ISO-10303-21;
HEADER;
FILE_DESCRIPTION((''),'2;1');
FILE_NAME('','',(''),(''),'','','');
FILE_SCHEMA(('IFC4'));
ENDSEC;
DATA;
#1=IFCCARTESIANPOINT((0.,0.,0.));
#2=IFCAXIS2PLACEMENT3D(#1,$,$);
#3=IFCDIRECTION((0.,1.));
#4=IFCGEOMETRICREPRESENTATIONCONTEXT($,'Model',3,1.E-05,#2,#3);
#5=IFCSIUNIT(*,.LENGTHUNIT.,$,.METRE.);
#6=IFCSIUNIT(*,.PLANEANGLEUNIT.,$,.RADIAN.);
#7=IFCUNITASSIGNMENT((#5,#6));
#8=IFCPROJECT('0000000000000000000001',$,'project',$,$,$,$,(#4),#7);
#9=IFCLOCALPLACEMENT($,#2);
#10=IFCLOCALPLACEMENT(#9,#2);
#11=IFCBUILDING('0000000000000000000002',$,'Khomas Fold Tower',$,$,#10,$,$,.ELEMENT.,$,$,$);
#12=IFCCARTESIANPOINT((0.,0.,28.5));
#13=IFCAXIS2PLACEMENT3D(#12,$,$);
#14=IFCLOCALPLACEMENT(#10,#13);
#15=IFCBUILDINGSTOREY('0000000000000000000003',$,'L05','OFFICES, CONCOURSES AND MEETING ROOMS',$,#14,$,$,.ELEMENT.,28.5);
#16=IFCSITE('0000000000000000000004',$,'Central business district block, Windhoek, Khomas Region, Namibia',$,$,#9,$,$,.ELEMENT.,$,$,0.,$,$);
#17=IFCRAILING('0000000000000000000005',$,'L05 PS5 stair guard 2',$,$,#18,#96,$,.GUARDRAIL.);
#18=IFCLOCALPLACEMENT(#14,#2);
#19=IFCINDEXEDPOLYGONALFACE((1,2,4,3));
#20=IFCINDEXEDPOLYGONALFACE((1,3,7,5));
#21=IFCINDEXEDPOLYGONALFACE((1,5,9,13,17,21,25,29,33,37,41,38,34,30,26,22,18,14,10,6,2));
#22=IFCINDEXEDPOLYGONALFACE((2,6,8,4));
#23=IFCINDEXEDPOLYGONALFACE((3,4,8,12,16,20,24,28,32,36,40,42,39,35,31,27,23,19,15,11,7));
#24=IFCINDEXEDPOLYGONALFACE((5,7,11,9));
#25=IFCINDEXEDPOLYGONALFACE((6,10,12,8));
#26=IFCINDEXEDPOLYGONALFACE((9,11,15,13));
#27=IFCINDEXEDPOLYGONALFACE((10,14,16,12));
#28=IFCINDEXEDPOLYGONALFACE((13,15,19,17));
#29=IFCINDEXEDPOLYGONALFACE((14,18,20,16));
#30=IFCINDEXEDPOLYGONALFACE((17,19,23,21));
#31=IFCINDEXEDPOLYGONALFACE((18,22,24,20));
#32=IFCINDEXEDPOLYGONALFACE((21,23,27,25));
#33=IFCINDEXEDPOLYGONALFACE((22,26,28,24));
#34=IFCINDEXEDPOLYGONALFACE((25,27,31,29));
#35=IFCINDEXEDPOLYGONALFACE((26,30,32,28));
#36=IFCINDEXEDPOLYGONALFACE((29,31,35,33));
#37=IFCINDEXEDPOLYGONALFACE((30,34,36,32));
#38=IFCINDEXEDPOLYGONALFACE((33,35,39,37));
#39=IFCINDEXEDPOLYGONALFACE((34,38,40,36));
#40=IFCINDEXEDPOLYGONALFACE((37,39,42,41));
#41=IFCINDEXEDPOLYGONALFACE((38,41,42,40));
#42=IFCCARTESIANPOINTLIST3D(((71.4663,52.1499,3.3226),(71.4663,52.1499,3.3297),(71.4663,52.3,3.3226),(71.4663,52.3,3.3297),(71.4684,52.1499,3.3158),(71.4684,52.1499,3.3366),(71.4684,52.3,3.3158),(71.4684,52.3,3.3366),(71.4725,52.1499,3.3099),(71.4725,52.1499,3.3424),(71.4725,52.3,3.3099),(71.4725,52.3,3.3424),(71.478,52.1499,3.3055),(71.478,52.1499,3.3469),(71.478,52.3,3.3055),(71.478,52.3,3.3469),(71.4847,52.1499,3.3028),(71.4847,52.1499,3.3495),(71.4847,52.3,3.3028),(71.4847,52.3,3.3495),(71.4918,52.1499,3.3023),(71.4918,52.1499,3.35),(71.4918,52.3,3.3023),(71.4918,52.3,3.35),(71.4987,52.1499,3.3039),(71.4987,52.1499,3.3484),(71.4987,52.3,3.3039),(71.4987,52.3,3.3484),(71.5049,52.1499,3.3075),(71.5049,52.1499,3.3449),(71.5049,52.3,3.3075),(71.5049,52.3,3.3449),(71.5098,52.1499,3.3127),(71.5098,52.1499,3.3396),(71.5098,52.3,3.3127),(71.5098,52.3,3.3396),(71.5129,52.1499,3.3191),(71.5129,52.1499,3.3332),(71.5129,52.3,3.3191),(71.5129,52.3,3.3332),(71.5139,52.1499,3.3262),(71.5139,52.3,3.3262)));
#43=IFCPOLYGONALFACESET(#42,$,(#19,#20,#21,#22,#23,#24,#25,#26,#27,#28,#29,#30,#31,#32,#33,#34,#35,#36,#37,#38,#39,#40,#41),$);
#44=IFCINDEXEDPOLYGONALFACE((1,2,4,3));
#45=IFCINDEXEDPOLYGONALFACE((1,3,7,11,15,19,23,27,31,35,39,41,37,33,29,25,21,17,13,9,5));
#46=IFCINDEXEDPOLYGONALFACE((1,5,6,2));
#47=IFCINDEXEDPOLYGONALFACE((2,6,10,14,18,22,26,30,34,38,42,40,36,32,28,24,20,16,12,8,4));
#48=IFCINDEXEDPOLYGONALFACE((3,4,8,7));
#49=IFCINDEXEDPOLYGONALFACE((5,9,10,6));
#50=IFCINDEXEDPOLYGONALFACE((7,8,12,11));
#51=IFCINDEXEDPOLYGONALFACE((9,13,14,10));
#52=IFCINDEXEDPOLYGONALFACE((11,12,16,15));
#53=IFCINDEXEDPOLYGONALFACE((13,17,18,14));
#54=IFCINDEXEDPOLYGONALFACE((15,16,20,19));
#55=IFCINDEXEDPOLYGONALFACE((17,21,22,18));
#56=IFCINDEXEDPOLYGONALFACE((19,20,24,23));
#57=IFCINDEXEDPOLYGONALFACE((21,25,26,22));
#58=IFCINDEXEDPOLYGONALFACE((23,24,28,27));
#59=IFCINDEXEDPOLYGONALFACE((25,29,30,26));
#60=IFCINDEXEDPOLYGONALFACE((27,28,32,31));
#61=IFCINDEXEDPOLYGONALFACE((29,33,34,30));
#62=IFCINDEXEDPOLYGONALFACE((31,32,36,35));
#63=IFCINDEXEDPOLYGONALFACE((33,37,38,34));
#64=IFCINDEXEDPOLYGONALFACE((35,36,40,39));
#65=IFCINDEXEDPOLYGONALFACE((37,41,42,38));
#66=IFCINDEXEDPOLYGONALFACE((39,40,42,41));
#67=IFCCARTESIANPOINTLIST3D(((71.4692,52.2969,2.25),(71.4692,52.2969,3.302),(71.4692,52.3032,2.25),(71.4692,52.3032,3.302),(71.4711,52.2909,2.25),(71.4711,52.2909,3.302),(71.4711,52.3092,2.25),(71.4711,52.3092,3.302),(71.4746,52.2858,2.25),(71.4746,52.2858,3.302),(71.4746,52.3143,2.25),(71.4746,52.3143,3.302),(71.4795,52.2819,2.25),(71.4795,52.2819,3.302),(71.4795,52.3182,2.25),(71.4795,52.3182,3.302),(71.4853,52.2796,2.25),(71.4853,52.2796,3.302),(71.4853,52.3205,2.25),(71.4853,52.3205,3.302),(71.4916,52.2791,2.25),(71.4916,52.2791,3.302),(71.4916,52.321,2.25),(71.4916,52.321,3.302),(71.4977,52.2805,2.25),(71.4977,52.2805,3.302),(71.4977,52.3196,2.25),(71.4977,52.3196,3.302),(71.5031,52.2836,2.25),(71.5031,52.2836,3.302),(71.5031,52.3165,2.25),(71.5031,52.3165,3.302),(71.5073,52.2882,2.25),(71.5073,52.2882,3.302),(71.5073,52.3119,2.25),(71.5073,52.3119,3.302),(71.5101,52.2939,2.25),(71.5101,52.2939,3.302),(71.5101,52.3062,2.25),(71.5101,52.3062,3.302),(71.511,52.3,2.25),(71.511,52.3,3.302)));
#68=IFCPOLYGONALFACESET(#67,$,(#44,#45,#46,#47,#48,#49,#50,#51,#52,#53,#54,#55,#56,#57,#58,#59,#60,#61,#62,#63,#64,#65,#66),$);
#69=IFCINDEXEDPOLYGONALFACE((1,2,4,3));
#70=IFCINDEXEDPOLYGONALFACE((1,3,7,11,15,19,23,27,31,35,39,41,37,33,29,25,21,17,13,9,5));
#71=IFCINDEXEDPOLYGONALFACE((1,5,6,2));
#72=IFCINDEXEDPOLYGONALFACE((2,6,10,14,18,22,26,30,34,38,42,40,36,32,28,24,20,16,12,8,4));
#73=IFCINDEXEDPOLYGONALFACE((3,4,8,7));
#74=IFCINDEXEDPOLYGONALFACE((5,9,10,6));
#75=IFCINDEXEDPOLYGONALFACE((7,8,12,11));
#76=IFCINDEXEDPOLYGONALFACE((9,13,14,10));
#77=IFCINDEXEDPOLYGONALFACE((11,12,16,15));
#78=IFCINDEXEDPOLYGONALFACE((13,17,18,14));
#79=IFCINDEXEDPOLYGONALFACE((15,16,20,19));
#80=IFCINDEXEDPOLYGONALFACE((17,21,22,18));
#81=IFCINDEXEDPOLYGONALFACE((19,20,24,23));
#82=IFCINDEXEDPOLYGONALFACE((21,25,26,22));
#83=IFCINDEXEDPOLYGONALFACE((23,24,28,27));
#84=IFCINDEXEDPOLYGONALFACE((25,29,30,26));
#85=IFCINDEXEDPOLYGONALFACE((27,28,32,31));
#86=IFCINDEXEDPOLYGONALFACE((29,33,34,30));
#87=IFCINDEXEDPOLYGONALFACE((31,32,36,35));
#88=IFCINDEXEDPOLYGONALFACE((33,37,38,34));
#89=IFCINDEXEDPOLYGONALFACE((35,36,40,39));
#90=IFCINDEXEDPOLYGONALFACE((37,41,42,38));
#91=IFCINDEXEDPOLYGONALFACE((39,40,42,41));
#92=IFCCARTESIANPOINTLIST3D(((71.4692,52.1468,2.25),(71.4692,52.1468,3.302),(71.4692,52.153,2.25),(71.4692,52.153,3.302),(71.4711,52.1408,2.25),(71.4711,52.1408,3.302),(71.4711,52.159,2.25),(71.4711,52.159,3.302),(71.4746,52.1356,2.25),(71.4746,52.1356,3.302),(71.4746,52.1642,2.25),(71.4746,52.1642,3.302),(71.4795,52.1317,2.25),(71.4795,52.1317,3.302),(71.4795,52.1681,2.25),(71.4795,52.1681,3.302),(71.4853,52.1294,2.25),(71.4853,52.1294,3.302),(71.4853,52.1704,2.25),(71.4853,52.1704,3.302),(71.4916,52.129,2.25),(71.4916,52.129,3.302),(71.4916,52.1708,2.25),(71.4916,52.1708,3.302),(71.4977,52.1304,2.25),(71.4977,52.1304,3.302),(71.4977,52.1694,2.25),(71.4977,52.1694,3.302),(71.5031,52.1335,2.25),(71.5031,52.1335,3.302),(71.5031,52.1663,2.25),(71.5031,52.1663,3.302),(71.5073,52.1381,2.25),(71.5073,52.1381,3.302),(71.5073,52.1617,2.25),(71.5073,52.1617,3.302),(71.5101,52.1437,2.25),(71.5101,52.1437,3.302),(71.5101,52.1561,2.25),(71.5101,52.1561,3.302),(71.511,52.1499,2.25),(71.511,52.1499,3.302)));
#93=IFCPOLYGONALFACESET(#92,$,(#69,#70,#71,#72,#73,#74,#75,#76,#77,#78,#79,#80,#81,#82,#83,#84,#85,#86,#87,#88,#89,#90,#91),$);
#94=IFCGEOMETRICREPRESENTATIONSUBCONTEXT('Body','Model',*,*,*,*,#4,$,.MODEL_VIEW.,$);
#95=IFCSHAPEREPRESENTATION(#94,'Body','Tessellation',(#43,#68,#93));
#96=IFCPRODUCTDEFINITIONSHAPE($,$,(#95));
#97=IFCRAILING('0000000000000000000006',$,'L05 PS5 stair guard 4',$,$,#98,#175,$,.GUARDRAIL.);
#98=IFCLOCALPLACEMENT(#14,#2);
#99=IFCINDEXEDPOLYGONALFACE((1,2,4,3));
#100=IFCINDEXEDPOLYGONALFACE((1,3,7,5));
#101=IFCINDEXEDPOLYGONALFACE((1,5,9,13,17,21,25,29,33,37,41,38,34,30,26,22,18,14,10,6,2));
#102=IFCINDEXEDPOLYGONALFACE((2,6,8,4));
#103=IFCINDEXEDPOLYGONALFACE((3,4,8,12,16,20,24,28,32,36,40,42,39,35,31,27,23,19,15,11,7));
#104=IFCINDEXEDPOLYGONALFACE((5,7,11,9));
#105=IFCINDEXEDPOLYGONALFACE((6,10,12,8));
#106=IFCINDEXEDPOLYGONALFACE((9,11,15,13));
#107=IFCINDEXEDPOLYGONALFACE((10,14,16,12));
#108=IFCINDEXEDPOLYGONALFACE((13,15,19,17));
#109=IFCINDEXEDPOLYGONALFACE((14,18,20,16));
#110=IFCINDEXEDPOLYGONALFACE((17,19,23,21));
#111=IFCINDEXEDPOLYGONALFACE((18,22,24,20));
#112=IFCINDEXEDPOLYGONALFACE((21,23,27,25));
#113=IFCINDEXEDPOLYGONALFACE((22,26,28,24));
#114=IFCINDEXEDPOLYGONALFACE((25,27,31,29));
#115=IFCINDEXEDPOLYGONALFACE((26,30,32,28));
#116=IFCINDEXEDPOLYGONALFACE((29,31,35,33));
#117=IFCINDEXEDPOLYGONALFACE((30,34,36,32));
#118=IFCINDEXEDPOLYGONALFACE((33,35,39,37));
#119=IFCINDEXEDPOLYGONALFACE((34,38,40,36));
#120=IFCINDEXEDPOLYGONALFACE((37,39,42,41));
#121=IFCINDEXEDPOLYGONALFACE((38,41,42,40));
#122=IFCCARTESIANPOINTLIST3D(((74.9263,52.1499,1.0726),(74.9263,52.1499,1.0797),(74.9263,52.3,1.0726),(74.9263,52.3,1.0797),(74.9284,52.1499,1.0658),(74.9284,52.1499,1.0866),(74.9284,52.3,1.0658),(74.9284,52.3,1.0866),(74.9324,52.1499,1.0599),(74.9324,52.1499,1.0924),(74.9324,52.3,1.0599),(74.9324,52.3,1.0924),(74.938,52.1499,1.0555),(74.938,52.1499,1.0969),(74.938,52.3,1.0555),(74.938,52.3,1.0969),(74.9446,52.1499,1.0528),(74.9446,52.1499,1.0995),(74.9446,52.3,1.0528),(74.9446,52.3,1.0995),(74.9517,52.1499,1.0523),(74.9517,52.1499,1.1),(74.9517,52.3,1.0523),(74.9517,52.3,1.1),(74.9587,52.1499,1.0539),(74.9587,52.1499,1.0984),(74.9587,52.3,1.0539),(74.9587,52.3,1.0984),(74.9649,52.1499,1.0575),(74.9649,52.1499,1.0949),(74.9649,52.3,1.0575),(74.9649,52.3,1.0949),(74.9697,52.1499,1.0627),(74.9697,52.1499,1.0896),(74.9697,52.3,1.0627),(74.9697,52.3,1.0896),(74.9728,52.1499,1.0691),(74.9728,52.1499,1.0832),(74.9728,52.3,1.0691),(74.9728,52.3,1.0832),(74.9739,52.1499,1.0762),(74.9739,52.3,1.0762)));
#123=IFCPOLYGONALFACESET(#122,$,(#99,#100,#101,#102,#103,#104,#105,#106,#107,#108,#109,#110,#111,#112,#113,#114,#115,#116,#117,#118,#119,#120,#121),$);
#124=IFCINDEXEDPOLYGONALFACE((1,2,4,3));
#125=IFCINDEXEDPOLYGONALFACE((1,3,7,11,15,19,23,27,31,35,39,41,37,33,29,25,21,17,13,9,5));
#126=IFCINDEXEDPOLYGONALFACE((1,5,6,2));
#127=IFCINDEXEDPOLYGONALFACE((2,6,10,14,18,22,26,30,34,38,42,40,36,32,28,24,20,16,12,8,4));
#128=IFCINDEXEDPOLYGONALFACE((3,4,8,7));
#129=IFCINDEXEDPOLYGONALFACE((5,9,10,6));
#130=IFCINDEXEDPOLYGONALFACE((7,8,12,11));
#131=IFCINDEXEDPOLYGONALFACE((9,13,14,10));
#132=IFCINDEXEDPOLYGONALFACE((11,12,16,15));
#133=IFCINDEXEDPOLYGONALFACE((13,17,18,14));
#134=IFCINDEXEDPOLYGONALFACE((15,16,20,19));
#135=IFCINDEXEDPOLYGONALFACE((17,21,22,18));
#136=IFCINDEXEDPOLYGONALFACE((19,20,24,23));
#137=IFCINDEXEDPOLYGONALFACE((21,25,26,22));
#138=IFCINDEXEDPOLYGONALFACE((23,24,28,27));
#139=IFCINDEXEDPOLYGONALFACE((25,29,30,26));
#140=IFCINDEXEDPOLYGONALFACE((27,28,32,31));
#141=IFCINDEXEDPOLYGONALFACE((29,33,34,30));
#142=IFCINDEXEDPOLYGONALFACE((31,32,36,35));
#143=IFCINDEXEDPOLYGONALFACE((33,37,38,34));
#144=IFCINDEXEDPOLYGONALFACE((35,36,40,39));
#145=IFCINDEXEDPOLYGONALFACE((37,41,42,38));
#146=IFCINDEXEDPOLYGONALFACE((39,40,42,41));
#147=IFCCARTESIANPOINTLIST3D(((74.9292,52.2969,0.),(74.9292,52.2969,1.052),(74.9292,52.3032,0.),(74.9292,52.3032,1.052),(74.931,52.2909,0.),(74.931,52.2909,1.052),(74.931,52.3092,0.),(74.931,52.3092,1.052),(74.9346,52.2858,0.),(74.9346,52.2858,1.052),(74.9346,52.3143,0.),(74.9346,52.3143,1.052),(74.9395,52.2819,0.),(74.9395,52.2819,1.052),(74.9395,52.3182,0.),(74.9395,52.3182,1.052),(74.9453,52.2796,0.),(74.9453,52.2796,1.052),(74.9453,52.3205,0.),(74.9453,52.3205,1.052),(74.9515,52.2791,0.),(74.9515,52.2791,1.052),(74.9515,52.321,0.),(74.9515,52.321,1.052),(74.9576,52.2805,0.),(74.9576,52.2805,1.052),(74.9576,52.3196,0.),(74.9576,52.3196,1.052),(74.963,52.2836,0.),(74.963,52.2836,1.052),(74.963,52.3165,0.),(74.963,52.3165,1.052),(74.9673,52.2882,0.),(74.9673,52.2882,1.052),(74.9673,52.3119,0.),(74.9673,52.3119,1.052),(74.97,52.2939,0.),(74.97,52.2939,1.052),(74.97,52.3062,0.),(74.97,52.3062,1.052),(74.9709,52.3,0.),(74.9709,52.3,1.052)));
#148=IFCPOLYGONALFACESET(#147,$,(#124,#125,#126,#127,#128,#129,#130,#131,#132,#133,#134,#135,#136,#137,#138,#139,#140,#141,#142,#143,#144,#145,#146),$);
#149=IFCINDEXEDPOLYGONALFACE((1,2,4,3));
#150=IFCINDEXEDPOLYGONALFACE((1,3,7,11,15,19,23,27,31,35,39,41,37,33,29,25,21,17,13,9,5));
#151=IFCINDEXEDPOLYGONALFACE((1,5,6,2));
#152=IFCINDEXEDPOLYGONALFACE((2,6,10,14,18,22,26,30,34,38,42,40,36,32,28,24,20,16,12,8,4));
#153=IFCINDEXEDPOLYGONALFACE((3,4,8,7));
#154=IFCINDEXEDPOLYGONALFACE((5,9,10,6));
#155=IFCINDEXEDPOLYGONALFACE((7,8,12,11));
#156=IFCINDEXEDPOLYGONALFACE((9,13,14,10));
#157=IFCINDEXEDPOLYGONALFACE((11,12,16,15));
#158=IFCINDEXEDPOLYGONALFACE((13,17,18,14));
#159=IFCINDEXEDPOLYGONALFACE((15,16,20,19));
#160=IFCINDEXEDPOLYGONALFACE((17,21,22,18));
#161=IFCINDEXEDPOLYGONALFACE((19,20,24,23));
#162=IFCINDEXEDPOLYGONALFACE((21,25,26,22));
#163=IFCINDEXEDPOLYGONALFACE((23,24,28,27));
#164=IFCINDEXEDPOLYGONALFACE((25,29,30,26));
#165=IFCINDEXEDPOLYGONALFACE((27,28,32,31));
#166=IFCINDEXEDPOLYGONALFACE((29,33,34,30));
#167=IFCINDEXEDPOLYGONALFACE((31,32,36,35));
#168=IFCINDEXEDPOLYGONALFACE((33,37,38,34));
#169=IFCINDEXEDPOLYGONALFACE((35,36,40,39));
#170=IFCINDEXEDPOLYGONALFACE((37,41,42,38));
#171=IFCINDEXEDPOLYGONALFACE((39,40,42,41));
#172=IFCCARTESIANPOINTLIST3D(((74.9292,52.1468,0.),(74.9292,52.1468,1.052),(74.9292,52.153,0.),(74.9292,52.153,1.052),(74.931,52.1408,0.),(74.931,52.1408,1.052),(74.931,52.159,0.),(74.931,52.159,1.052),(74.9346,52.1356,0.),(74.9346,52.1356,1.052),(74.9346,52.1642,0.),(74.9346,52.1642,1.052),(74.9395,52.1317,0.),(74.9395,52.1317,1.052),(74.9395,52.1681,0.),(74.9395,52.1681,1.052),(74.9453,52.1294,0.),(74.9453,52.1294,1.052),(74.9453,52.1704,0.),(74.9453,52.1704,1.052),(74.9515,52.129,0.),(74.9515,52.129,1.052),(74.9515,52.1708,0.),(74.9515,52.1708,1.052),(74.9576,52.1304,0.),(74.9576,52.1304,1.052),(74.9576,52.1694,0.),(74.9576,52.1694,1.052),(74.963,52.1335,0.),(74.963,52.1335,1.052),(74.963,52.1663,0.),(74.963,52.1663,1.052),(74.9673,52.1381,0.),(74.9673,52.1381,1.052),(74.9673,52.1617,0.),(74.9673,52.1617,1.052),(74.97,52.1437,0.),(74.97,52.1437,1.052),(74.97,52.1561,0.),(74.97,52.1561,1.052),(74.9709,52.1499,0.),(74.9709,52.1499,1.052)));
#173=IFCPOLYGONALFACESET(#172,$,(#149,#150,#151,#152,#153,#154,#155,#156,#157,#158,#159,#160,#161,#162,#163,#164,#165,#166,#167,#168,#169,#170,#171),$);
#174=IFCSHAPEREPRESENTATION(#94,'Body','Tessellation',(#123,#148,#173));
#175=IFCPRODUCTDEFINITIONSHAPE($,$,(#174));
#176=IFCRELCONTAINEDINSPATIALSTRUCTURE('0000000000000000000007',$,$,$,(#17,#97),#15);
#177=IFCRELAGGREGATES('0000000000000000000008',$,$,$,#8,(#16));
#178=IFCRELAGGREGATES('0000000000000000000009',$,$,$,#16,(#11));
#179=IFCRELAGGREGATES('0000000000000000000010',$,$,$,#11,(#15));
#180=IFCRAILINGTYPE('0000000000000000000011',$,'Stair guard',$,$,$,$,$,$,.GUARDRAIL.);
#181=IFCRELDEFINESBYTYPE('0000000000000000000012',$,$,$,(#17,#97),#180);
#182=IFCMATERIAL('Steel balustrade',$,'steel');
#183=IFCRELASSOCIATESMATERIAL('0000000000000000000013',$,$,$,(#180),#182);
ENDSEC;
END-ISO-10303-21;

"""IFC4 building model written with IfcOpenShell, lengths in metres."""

from ifc_helpers import new_model, si_unit, direction, frame, origin, origin_2d, place, context, subcontext, project, spatial, circle, extrude, source, transform, mapped, material, type_object, element, save


model = new_model("IFC4")

# Units and contexts
model_context = context("Model", 3, precision=1e-05, world=origin(), true_north=direction((0.0, 1.0)))
body_context = subcontext(model_context, "Body", "Model", "MODEL_VIEW")
ifc_project = project(units=[si_unit("LENGTHUNIT", "METRE"), si_unit("PLANEANGLEUNIT", "RADIAN")], contexts=[model_context])

# Site, building, storey
site_placement = place(None, origin())
site = spatial("IfcSite", under=ifc_project, at=site_placement, Name="Central business district block, Windhoek, Khomas Region, Namibia", CompositionType="ELEMENT", RefElevation=0.0)
building_placement = place(site_placement, origin())
building = spatial("IfcBuilding", under=site, at=building_placement, Name="Khomas Fold Tower", CompositionType="ELEMENT")
storey_placement = place(building_placement, frame((0.0, 0.0, 28.5)))
storey = spatial("IfcBuildingStorey", under=building, at=storey_placement, Name="L05", Description="OFFICES, CONCOURSES AND MEETING ROOMS", CompositionType="ELEMENT", Elevation=28.5)

# Railings
ifc_material_1 = material(Name="Steel balustrade", Category="steel")
railing_type_1 = type_object("IfcRailingType", Name="Stair guard", PredefinedType="GUARDRAIL", material=ifc_material_1)
shared_shape_1 = source(origin(), body_context, "Body", "SweptSolid", [
    extrude(circle(Radius=0.0239, at=origin_2d()), frame((0.0, 0.0, 1.0762), z_axis=(0.0, -1.0, 0.0), x_axis=(1.0, 0.0, 0.0)), (0.0, 0.0, 1.0), 0.1501),
    extrude(circle(Radius=0.021, at=origin_2d()), origin(), (0.0, 0.0, 1.0), 1.052),
    extrude(circle(Radius=0.021, at=origin_2d()), frame((0.0, -0.1501, 0.0)), (0.0, 0.0, 1.0), 1.052),
])
for number, where, name in (
    (1, (71.49, 52.3, 2.25), "L05 PS5 stair guard 2"),
    (2, (74.95, 52.3, 0.0), "L05 PS5 stair guard 4"),
):
    element("IfcRailing", number, at=place(storey_placement, frame(where)), inside=storey, type_object=railing_type_1, Name=name, PredefinedType="GUARDRAIL", context=body_context, shape_type="MappedRepresentation", body=[
        mapped(shared_shape_1, transform((0.0, 0.0, 0.0))),
    ])

save(model, "model.ifc")
